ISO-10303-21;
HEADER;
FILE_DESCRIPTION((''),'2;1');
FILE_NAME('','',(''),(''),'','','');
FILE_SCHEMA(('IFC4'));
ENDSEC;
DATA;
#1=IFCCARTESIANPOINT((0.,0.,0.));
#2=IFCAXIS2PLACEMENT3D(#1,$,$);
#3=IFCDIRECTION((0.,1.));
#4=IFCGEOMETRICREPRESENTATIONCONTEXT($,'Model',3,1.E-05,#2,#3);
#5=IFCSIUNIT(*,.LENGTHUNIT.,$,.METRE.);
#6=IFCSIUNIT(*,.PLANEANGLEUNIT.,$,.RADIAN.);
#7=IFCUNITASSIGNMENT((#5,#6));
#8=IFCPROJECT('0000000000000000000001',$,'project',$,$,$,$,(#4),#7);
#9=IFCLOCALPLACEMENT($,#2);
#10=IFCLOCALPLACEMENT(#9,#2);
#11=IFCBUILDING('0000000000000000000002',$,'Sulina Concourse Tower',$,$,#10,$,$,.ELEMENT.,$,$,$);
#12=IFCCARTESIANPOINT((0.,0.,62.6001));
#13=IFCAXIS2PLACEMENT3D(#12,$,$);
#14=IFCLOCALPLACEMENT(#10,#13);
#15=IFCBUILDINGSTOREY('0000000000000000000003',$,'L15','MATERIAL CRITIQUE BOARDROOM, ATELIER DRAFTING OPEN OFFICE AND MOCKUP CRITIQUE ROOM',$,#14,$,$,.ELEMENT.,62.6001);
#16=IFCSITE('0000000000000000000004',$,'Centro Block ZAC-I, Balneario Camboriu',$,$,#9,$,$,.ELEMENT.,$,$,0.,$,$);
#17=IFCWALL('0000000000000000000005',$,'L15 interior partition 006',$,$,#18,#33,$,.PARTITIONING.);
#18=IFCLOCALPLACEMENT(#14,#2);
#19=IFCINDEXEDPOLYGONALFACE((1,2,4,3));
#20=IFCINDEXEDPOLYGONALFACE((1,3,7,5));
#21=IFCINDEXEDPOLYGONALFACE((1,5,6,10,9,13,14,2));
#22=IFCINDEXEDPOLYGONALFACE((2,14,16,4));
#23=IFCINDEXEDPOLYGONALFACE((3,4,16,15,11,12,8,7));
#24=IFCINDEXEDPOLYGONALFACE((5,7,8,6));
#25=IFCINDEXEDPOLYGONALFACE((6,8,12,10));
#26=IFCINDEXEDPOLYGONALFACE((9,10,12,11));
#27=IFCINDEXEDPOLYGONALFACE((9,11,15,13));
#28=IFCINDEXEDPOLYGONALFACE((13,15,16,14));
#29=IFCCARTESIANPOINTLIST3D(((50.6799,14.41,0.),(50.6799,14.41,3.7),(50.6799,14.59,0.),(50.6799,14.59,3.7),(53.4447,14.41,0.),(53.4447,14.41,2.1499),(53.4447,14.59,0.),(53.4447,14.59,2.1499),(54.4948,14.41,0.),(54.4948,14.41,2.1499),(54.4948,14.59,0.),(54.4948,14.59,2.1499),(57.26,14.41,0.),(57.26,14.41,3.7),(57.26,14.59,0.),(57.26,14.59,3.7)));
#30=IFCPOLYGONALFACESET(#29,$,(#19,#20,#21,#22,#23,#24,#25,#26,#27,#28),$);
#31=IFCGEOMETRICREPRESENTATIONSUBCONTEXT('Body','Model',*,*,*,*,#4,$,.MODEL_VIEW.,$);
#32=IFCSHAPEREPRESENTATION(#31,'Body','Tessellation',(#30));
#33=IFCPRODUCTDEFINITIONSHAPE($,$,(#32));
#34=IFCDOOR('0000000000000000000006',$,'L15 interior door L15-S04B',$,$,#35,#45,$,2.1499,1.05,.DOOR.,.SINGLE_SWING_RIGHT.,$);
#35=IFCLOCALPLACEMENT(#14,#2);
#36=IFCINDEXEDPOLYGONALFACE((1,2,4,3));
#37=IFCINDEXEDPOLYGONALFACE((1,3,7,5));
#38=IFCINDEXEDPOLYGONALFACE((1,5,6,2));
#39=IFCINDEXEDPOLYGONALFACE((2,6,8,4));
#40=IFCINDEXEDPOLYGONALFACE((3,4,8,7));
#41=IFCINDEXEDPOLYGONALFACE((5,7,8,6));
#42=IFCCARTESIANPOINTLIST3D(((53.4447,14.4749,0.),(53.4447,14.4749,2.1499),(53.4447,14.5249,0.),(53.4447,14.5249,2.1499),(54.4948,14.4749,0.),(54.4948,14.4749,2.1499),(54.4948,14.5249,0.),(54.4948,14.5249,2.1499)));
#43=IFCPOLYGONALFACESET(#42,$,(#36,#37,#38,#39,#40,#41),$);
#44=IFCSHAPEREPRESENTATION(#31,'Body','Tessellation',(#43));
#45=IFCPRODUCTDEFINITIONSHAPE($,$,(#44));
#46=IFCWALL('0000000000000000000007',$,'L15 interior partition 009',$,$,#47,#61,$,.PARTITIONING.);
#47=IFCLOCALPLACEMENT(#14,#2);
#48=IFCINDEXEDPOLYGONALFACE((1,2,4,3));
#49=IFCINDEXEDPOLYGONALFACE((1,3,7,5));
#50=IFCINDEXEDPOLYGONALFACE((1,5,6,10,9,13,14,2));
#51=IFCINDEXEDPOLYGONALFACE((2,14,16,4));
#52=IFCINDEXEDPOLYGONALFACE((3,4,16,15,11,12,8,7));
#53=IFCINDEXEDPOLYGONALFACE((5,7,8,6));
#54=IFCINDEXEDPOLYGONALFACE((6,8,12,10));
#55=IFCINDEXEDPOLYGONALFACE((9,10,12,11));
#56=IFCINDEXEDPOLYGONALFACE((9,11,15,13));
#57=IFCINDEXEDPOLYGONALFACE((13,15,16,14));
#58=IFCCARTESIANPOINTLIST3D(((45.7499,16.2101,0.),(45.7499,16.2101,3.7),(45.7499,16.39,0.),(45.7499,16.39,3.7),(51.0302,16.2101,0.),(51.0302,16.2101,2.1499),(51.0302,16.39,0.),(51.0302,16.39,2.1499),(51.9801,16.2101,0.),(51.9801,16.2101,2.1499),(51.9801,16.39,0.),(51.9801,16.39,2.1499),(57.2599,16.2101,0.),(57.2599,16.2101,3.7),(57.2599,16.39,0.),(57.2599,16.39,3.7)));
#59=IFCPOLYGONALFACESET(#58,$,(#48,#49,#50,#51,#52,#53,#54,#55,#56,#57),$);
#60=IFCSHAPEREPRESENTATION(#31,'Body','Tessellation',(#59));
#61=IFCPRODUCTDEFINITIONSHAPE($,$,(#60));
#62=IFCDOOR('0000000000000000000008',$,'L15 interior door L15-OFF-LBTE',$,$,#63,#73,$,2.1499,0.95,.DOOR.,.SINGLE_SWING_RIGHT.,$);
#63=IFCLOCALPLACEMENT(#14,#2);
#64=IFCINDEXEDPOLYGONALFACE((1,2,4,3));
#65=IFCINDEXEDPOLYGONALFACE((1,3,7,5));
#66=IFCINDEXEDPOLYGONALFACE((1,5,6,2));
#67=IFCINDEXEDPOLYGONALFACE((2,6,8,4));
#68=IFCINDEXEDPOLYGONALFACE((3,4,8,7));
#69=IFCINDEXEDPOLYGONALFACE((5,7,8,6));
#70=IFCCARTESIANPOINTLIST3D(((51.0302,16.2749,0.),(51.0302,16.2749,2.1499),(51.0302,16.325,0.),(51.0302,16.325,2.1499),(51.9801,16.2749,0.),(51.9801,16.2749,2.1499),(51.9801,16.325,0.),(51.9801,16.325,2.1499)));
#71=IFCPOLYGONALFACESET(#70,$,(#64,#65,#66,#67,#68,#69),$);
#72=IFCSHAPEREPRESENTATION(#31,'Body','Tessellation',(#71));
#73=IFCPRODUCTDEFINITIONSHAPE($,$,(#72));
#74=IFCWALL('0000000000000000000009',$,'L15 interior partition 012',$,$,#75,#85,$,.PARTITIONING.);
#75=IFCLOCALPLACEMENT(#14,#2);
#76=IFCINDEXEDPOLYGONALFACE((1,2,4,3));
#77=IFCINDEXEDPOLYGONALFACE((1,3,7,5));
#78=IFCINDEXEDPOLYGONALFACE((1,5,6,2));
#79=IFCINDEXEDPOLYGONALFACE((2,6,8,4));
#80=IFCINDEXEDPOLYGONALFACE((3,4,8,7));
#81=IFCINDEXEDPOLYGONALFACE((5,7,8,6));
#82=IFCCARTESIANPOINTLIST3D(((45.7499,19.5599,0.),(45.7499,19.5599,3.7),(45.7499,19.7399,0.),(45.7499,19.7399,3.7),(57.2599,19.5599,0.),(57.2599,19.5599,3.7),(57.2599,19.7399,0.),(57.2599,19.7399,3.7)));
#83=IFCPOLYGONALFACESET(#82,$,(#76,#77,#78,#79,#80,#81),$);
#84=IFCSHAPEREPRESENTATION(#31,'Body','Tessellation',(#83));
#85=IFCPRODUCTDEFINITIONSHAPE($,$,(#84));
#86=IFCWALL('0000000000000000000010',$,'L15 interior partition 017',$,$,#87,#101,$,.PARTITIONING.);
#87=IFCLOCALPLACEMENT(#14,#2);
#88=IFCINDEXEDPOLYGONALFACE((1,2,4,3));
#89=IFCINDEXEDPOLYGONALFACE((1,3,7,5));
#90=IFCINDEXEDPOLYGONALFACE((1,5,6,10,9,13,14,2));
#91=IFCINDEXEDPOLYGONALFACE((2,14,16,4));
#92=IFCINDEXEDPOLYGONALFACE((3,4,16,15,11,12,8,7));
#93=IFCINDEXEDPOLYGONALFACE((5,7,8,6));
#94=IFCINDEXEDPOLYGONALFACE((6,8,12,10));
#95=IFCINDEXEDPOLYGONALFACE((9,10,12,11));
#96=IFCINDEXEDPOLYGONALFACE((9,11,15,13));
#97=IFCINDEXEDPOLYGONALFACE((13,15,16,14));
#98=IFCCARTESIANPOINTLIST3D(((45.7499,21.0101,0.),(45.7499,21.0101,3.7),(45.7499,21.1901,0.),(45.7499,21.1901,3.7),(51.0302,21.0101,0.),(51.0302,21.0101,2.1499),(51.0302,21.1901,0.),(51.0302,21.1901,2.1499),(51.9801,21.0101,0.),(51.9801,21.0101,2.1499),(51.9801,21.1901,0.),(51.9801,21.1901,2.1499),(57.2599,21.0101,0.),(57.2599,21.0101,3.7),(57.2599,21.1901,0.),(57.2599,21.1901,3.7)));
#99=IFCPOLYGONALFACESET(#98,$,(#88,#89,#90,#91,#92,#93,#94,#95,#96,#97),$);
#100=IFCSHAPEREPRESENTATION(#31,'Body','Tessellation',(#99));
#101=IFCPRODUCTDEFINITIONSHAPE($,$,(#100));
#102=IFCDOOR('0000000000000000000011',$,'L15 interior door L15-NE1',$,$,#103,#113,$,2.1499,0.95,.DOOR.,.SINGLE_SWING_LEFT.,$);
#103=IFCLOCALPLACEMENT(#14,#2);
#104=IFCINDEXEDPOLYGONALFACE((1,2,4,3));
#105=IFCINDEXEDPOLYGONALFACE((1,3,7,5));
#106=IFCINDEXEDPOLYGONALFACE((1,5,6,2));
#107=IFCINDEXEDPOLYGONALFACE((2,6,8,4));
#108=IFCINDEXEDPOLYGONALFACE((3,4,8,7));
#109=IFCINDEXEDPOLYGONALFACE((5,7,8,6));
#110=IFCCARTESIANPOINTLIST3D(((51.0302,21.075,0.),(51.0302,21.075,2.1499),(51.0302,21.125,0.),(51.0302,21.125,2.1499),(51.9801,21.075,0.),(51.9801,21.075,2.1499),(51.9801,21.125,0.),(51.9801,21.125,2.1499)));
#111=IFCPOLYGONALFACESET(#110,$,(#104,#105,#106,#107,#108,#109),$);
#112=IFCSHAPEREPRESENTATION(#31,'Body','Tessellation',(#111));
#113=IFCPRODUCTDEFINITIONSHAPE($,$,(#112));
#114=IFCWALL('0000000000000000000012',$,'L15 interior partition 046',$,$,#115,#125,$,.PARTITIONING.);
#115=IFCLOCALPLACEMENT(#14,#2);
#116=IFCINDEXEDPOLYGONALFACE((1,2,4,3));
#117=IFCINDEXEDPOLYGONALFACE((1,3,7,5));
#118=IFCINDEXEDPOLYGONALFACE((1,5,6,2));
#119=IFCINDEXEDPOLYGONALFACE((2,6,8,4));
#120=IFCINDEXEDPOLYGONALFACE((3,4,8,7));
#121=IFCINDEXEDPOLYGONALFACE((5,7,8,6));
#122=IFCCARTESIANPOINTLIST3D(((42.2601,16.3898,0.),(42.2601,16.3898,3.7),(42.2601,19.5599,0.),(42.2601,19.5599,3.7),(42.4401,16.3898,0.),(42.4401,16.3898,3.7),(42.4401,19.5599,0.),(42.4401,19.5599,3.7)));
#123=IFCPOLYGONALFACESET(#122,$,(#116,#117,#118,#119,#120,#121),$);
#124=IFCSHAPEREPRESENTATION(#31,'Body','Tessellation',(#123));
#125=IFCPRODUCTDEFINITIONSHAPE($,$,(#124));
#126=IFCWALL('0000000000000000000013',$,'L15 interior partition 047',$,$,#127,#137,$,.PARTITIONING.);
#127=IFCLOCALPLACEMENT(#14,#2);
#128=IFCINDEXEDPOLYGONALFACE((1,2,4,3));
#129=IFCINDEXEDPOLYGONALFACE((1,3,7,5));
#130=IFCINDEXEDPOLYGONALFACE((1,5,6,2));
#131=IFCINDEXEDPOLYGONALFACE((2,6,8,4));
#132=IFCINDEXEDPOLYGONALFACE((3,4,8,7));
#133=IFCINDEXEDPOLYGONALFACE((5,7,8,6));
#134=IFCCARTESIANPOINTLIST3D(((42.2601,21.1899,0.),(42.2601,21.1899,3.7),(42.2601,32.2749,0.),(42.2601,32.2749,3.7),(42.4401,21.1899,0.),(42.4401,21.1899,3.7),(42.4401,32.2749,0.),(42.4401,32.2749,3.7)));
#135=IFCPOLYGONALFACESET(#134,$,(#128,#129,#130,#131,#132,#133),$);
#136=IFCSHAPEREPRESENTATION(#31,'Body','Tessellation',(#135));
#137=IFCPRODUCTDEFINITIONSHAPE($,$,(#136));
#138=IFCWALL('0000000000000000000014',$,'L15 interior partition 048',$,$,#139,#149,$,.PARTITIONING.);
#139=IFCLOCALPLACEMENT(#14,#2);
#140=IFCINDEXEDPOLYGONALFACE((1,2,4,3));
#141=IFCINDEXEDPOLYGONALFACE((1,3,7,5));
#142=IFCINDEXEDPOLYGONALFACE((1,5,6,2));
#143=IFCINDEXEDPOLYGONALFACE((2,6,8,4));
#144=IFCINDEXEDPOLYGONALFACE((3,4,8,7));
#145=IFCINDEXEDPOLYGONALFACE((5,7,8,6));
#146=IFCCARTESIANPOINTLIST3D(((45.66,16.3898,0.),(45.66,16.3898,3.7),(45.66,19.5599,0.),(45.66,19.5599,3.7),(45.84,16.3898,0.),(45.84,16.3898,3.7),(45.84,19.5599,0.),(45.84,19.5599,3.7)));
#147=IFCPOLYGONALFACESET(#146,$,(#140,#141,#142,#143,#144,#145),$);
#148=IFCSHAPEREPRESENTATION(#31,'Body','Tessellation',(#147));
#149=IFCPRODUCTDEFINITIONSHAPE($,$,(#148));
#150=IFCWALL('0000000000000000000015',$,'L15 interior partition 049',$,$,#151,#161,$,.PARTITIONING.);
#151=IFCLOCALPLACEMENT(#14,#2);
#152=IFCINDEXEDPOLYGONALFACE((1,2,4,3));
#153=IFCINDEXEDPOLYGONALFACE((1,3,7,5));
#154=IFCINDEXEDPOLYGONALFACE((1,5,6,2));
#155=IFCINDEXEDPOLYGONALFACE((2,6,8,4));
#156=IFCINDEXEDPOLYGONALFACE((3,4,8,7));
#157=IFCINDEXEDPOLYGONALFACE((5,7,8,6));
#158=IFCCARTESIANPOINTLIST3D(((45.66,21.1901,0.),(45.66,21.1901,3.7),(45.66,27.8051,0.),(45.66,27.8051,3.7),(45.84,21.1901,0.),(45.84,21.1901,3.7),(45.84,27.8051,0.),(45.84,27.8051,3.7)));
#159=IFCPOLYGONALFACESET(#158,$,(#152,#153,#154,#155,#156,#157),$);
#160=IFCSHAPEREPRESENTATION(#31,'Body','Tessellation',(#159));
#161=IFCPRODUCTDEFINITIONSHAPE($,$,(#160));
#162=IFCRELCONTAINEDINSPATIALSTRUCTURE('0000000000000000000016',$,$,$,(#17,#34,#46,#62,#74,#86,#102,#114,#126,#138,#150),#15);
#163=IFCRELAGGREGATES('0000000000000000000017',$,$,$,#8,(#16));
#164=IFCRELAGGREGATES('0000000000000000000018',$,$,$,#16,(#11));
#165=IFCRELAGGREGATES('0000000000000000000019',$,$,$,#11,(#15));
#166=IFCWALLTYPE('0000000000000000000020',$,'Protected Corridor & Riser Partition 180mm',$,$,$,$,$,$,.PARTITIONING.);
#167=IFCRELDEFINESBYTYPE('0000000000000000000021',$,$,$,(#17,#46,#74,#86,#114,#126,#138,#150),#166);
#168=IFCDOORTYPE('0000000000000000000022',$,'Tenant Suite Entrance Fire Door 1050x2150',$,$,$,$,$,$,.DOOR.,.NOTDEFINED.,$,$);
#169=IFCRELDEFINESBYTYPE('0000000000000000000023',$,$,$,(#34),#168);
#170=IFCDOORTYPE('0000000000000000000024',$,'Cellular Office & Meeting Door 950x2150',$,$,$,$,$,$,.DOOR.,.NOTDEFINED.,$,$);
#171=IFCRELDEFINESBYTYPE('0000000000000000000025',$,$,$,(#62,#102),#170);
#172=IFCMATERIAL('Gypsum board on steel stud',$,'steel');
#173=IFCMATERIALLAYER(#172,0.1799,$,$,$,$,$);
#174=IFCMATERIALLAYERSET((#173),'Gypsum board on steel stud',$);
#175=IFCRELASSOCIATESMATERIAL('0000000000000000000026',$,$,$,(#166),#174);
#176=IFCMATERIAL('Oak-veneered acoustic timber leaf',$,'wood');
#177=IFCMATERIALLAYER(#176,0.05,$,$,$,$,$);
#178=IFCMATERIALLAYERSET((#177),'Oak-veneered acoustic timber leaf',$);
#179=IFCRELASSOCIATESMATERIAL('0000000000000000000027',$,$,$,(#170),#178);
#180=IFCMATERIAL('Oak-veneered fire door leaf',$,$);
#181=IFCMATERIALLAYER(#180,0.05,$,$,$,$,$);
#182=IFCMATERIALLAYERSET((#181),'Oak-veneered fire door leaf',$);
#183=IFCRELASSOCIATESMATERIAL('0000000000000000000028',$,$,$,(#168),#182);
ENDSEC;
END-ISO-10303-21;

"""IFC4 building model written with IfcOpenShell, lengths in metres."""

from ifc_helpers import new_model, si_unit, direction, frame, frame_2d, origin, place, context, subcontext, project, spatial, rectangle, extrude, material, layer, layer_set, type_object, element, fill, save


model = new_model("IFC4")

# Units and contexts
model_context = context("Model", 3, precision=1e-05, world=origin(), true_north=direction((0.0, 1.0)))
body_context = subcontext(model_context, "Body", "Model", "MODEL_VIEW")
ifc_project = project(units=[si_unit("LENGTHUNIT", "METRE"), si_unit("PLANEANGLEUNIT", "RADIAN")], contexts=[model_context])

# Site, building, storey
site_placement = place(None, origin())
site = spatial("IfcSite", under=ifc_project, at=site_placement, Name="Centro Block ZAC-I, Balneario Camboriu", CompositionType="ELEMENT", RefElevation=0.0)
building_placement = place(site_placement, origin())
building = spatial("IfcBuilding", under=site, at=building_placement, Name="Sulina Concourse Tower", CompositionType="ELEMENT")
storey_placement = place(building_placement, frame((0.0, 0.0, 62.6001)))
storey = spatial("IfcBuildingStorey", under=building, at=storey_placement, Name="L15", Description="MATERIAL CRITIQUE BOARDROOM, ATELIER DRAFTING OPEN OFFICE AND MOCKUP CRITIQUE ROOM", CompositionType="ELEMENT", Elevation=62.6001)

# Walls, openings, doors
ifc_material_1 = material(Name="Gypsum board on steel stud", Category="steel")
ifc_layer_1 = layer(ifc_material_1, 0.1799)
ifc_layer_set_1 = layer_set([ifc_layer_1], Name="Gypsum board on steel stud")
wall_type_1 = type_object("IfcWallType", Name="Protected Corridor & Riser Partition 180mm", PredefinedType="PARTITIONING", material=ifc_layer_set_1)
ifc_material_2 = material(Name="Oak-veneered acoustic timber leaf", Category="wood")
ifc_layer_2 = layer(ifc_material_2, 0.05)
ifc_layer_set_2 = layer_set([ifc_layer_2], Name="Oak-veneered acoustic timber leaf")
door_type_1 = type_object("IfcDoorType", Name="Cellular Office & Meeting Door 950x2150", OperationType="NOTDEFINED", PredefinedType="DOOR", material=ifc_layer_set_2)
wall_1_placement = place(storey_placement, frame((50.6799, 14.5, 0.0), z_axis=(0.0, 0.0, 1.0), x_axis=(1.0, 0.0, 0.0)))
wall_1 = element("IfcWall", 1, at=wall_1_placement, inside=storey, type_object=wall_type_1, Name="L15 interior partition 006", PredefinedType="PARTITIONING", context=body_context, shape_type="SweptSolid", body=[
    extrude(rectangle(XDim=6.5801, YDim=0.1799, at=frame_2d((3.29, 0.0))), origin(), (0.0, 0.0, 1.0), 3.7),
])
opening_1_placement = place(wall_1_placement, frame((2.7649, 0.0, 0.0)))
opening_1 = element("IfcOpeningElement", 2, at=opening_1_placement, cuts=wall_1, PredefinedType="OPENING", context=body_context, shape_type="SweptSolid", body=[
    extrude(rectangle(XDim=1.05, YDim=2.1499, at=frame_2d((0.5249, 1.075))), frame((0.0, 0.0999, 0.0), z_axis=(0.0, -1.0, 0.0), x_axis=(1.0, 0.0, 0.0)), (0.0, 0.0, 1.0), 0.2),
])
ifc_material_3 = material(Name="Oak-veneered fire door leaf")
ifc_layer_3 = layer(ifc_material_3, 0.05)
ifc_layer_set_3 = layer_set([ifc_layer_3], Name="Oak-veneered fire door leaf")
door_type_2 = type_object("IfcDoorType", Name="Tenant Suite Entrance Fire Door 1050x2150", OperationType="NOTDEFINED", PredefinedType="DOOR", material=ifc_layer_set_3)
door_1_placement = place(opening_1_placement, origin())
door_1 = element("IfcDoor", 3, at=door_1_placement, inside=storey, type_object=door_type_2, Name="L15 interior door L15-S04B", OperationType="SINGLE_SWING_RIGHT", OverallHeight=2.1499, OverallWidth=1.05, PredefinedType="DOOR", context=body_context, shape_type="SweptSolid", body=[
    extrude(rectangle(XDim=1.05, YDim=2.1499, at=frame_2d((0.5249, 1.075))), frame((0.0, 0.0249, 0.0), z_axis=(0.0, -1.0, 0.0), x_axis=(1.0, 0.0, 0.0)), (0.0, 0.0, 1.0), 0.05),
])
fill(opening_1, door_1)
wall_2_placement = place(storey_placement, frame((45.75, 16.3, 0.0), z_axis=(0.0, 0.0, 1.0), x_axis=(1.0, 0.0, 0.0)))
wall_2 = element("IfcWall", 4, at=wall_2_placement, inside=storey, type_object=wall_type_1, Name="L15 interior partition 009", PredefinedType="PARTITIONING", context=body_context, shape_type="SweptSolid", body=[
    extrude(rectangle(XDim=11.51, YDim=0.1799, at=frame_2d((5.7549, 0.0))), origin(), (0.0, 0.0, 1.0), 3.7),
])
opening_2_placement = place(wall_2_placement, frame((5.28, 0.0, 0.0)))
opening_2 = element("IfcOpeningElement", 5, at=opening_2_placement, cuts=wall_2, PredefinedType="OPENING", context=body_context, shape_type="SweptSolid", body=[
    extrude(rectangle(XDim=0.95, YDim=2.1499, at=frame_2d((0.4751, 1.075))), frame((0.0, 0.0999, 0.0), z_axis=(0.0, -1.0, 0.0), x_axis=(1.0, 0.0, 0.0)), (0.0, 0.0, 1.0), 0.2),
])
door_2_placement = place(opening_2_placement, origin())
door_2 = element("IfcDoor", 6, at=door_2_placement, inside=storey, type_object=door_type_1, Name="L15 interior door L15-OFF-LBTE", OperationType="SINGLE_SWING_RIGHT", OverallHeight=2.1499, OverallWidth=0.95, PredefinedType="DOOR", context=body_context, shape_type="SweptSolid", body=[
    extrude(rectangle(XDim=0.95, YDim=2.1499, at=frame_2d((0.4751, 1.075))), frame((0.0, 0.0249, 0.0), z_axis=(0.0, -1.0, 0.0), x_axis=(1.0, 0.0, 0.0)), (0.0, 0.0, 1.0), 0.05),
])
fill(opening_2, door_2)

# Wall
wall_3_placement = place(storey_placement, frame((45.75, 19.6499, 0.0), z_axis=(0.0, 0.0, 1.0), x_axis=(1.0, 0.0, 0.0)))
element("IfcWall", 7, at=wall_3_placement, inside=storey, type_object=wall_type_1, Name="L15 interior partition 012", PredefinedType="PARTITIONING", context=body_context, shape_type="SweptSolid", body=[
    extrude(rectangle(XDim=11.51, YDim=0.1799, at=frame_2d((5.7549, 0.0))), origin(), (0.0, 0.0, 1.0), 3.7),
])

# Wall, opening, door
wall_4_placement = place(storey_placement, frame((45.75, 21.1001, 0.0), z_axis=(0.0, 0.0, 1.0), x_axis=(1.0, 0.0, 0.0)))
wall_4 = element("IfcWall", 8, at=wall_4_placement, inside=storey, type_object=wall_type_1, Name="L15 interior partition 017", PredefinedType="PARTITIONING", context=body_context, shape_type="SweptSolid", body=[
    extrude(rectangle(XDim=11.51, YDim=0.1799, at=frame_2d((5.7549, 0.0))), origin(), (0.0, 0.0, 1.0), 3.7),
])
opening_3_placement = place(wall_4_placement, frame((5.28, 0.0, 0.0)))
opening_3 = element("IfcOpeningElement", 9, at=opening_3_placement, cuts=wall_4, PredefinedType="OPENING", context=body_context, shape_type="SweptSolid", body=[
    extrude(rectangle(XDim=0.95, YDim=2.1499, at=frame_2d((0.4751, 1.075))), frame((0.0, 0.0999, 0.0), z_axis=(0.0, -1.0, 0.0), x_axis=(1.0, 0.0, 0.0)), (0.0, 0.0, 1.0), 0.2),
])
door_3_placement = place(opening_3_placement, origin())
door_3 = element("IfcDoor", 10, at=door_3_placement, inside=storey, type_object=door_type_1, Name="L15 interior door L15-NE1", OperationType="SINGLE_SWING_LEFT", OverallHeight=2.1499, OverallWidth=0.95, PredefinedType="DOOR", context=body_context, shape_type="SweptSolid", body=[
    extrude(rectangle(XDim=0.95, YDim=2.1499, at=frame_2d((0.4751, 1.075))), frame((0.0, 0.0249, 0.0), z_axis=(0.0, -1.0, 0.0), x_axis=(1.0, 0.0, 0.0)), (0.0, 0.0, 1.0), 0.05),
])
fill(opening_3, door_3)

# Walls
wall_5_placement = place(storey_placement, frame((42.3501, 16.3899, 0.0), z_axis=(0.0, 0.0, 1.0), x_axis=(0.0, 1.0, 0.0)))
element("IfcWall", 11, at=wall_5_placement, inside=storey, type_object=wall_type_1, Name="L15 interior partition 046", PredefinedType="PARTITIONING", context=body_context, shape_type="SweptSolid", body=[
    extrude(rectangle(XDim=3.1702, YDim=0.1799, at=frame_2d((1.585, 0.0))), origin(), (0.0, 0.0, 1.0), 3.7),
])
wall_6_placement = place(storey_placement, frame((42.3501, 21.1899, 0.0), z_axis=(0.0, 0.0, 1.0), x_axis=(0.0, 1.0, 0.0)))
element("IfcWall", 12, at=wall_6_placement, inside=storey, type_object=wall_type_1, Name="L15 interior partition 047", PredefinedType="PARTITIONING", context=body_context, shape_type="SweptSolid", body=[
    extrude(rectangle(XDim=11.085, YDim=0.1799, at=frame_2d((5.5425, 0.0))), origin(), (0.0, 0.0, 1.0), 3.7),
])
wall_7_placement = place(storey_placement, frame((45.75, 16.3899, 0.0), z_axis=(0.0, 0.0, 1.0), x_axis=(0.0, 1.0, 0.0)))
element("IfcWall", 13, at=wall_7_placement, inside=storey, type_object=wall_type_1, Name="L15 interior partition 048", PredefinedType="PARTITIONING", context=body_context, shape_type="SweptSolid", body=[
    extrude(rectangle(XDim=3.1702, YDim=0.1799, at=frame_2d((1.585, 0.0))), origin(), (0.0, 0.0, 1.0), 3.7),
])
wall_8_placement = place(storey_placement, frame((45.75, 21.1899, 0.0), z_axis=(0.0, 0.0, 1.0), x_axis=(0.0, 1.0, 0.0)))
element("IfcWall", 14, at=wall_8_placement, inside=storey, type_object=wall_type_1, Name="L15 interior partition 049", PredefinedType="PARTITIONING", context=body_context, shape_type="SweptSolid", body=[
    extrude(rectangle(XDim=6.615, YDim=0.1799, at=frame_2d((3.3076, 0.0))), origin(), (0.0, 0.0, 1.0), 3.7),
])

save(model, "model.ifc")
